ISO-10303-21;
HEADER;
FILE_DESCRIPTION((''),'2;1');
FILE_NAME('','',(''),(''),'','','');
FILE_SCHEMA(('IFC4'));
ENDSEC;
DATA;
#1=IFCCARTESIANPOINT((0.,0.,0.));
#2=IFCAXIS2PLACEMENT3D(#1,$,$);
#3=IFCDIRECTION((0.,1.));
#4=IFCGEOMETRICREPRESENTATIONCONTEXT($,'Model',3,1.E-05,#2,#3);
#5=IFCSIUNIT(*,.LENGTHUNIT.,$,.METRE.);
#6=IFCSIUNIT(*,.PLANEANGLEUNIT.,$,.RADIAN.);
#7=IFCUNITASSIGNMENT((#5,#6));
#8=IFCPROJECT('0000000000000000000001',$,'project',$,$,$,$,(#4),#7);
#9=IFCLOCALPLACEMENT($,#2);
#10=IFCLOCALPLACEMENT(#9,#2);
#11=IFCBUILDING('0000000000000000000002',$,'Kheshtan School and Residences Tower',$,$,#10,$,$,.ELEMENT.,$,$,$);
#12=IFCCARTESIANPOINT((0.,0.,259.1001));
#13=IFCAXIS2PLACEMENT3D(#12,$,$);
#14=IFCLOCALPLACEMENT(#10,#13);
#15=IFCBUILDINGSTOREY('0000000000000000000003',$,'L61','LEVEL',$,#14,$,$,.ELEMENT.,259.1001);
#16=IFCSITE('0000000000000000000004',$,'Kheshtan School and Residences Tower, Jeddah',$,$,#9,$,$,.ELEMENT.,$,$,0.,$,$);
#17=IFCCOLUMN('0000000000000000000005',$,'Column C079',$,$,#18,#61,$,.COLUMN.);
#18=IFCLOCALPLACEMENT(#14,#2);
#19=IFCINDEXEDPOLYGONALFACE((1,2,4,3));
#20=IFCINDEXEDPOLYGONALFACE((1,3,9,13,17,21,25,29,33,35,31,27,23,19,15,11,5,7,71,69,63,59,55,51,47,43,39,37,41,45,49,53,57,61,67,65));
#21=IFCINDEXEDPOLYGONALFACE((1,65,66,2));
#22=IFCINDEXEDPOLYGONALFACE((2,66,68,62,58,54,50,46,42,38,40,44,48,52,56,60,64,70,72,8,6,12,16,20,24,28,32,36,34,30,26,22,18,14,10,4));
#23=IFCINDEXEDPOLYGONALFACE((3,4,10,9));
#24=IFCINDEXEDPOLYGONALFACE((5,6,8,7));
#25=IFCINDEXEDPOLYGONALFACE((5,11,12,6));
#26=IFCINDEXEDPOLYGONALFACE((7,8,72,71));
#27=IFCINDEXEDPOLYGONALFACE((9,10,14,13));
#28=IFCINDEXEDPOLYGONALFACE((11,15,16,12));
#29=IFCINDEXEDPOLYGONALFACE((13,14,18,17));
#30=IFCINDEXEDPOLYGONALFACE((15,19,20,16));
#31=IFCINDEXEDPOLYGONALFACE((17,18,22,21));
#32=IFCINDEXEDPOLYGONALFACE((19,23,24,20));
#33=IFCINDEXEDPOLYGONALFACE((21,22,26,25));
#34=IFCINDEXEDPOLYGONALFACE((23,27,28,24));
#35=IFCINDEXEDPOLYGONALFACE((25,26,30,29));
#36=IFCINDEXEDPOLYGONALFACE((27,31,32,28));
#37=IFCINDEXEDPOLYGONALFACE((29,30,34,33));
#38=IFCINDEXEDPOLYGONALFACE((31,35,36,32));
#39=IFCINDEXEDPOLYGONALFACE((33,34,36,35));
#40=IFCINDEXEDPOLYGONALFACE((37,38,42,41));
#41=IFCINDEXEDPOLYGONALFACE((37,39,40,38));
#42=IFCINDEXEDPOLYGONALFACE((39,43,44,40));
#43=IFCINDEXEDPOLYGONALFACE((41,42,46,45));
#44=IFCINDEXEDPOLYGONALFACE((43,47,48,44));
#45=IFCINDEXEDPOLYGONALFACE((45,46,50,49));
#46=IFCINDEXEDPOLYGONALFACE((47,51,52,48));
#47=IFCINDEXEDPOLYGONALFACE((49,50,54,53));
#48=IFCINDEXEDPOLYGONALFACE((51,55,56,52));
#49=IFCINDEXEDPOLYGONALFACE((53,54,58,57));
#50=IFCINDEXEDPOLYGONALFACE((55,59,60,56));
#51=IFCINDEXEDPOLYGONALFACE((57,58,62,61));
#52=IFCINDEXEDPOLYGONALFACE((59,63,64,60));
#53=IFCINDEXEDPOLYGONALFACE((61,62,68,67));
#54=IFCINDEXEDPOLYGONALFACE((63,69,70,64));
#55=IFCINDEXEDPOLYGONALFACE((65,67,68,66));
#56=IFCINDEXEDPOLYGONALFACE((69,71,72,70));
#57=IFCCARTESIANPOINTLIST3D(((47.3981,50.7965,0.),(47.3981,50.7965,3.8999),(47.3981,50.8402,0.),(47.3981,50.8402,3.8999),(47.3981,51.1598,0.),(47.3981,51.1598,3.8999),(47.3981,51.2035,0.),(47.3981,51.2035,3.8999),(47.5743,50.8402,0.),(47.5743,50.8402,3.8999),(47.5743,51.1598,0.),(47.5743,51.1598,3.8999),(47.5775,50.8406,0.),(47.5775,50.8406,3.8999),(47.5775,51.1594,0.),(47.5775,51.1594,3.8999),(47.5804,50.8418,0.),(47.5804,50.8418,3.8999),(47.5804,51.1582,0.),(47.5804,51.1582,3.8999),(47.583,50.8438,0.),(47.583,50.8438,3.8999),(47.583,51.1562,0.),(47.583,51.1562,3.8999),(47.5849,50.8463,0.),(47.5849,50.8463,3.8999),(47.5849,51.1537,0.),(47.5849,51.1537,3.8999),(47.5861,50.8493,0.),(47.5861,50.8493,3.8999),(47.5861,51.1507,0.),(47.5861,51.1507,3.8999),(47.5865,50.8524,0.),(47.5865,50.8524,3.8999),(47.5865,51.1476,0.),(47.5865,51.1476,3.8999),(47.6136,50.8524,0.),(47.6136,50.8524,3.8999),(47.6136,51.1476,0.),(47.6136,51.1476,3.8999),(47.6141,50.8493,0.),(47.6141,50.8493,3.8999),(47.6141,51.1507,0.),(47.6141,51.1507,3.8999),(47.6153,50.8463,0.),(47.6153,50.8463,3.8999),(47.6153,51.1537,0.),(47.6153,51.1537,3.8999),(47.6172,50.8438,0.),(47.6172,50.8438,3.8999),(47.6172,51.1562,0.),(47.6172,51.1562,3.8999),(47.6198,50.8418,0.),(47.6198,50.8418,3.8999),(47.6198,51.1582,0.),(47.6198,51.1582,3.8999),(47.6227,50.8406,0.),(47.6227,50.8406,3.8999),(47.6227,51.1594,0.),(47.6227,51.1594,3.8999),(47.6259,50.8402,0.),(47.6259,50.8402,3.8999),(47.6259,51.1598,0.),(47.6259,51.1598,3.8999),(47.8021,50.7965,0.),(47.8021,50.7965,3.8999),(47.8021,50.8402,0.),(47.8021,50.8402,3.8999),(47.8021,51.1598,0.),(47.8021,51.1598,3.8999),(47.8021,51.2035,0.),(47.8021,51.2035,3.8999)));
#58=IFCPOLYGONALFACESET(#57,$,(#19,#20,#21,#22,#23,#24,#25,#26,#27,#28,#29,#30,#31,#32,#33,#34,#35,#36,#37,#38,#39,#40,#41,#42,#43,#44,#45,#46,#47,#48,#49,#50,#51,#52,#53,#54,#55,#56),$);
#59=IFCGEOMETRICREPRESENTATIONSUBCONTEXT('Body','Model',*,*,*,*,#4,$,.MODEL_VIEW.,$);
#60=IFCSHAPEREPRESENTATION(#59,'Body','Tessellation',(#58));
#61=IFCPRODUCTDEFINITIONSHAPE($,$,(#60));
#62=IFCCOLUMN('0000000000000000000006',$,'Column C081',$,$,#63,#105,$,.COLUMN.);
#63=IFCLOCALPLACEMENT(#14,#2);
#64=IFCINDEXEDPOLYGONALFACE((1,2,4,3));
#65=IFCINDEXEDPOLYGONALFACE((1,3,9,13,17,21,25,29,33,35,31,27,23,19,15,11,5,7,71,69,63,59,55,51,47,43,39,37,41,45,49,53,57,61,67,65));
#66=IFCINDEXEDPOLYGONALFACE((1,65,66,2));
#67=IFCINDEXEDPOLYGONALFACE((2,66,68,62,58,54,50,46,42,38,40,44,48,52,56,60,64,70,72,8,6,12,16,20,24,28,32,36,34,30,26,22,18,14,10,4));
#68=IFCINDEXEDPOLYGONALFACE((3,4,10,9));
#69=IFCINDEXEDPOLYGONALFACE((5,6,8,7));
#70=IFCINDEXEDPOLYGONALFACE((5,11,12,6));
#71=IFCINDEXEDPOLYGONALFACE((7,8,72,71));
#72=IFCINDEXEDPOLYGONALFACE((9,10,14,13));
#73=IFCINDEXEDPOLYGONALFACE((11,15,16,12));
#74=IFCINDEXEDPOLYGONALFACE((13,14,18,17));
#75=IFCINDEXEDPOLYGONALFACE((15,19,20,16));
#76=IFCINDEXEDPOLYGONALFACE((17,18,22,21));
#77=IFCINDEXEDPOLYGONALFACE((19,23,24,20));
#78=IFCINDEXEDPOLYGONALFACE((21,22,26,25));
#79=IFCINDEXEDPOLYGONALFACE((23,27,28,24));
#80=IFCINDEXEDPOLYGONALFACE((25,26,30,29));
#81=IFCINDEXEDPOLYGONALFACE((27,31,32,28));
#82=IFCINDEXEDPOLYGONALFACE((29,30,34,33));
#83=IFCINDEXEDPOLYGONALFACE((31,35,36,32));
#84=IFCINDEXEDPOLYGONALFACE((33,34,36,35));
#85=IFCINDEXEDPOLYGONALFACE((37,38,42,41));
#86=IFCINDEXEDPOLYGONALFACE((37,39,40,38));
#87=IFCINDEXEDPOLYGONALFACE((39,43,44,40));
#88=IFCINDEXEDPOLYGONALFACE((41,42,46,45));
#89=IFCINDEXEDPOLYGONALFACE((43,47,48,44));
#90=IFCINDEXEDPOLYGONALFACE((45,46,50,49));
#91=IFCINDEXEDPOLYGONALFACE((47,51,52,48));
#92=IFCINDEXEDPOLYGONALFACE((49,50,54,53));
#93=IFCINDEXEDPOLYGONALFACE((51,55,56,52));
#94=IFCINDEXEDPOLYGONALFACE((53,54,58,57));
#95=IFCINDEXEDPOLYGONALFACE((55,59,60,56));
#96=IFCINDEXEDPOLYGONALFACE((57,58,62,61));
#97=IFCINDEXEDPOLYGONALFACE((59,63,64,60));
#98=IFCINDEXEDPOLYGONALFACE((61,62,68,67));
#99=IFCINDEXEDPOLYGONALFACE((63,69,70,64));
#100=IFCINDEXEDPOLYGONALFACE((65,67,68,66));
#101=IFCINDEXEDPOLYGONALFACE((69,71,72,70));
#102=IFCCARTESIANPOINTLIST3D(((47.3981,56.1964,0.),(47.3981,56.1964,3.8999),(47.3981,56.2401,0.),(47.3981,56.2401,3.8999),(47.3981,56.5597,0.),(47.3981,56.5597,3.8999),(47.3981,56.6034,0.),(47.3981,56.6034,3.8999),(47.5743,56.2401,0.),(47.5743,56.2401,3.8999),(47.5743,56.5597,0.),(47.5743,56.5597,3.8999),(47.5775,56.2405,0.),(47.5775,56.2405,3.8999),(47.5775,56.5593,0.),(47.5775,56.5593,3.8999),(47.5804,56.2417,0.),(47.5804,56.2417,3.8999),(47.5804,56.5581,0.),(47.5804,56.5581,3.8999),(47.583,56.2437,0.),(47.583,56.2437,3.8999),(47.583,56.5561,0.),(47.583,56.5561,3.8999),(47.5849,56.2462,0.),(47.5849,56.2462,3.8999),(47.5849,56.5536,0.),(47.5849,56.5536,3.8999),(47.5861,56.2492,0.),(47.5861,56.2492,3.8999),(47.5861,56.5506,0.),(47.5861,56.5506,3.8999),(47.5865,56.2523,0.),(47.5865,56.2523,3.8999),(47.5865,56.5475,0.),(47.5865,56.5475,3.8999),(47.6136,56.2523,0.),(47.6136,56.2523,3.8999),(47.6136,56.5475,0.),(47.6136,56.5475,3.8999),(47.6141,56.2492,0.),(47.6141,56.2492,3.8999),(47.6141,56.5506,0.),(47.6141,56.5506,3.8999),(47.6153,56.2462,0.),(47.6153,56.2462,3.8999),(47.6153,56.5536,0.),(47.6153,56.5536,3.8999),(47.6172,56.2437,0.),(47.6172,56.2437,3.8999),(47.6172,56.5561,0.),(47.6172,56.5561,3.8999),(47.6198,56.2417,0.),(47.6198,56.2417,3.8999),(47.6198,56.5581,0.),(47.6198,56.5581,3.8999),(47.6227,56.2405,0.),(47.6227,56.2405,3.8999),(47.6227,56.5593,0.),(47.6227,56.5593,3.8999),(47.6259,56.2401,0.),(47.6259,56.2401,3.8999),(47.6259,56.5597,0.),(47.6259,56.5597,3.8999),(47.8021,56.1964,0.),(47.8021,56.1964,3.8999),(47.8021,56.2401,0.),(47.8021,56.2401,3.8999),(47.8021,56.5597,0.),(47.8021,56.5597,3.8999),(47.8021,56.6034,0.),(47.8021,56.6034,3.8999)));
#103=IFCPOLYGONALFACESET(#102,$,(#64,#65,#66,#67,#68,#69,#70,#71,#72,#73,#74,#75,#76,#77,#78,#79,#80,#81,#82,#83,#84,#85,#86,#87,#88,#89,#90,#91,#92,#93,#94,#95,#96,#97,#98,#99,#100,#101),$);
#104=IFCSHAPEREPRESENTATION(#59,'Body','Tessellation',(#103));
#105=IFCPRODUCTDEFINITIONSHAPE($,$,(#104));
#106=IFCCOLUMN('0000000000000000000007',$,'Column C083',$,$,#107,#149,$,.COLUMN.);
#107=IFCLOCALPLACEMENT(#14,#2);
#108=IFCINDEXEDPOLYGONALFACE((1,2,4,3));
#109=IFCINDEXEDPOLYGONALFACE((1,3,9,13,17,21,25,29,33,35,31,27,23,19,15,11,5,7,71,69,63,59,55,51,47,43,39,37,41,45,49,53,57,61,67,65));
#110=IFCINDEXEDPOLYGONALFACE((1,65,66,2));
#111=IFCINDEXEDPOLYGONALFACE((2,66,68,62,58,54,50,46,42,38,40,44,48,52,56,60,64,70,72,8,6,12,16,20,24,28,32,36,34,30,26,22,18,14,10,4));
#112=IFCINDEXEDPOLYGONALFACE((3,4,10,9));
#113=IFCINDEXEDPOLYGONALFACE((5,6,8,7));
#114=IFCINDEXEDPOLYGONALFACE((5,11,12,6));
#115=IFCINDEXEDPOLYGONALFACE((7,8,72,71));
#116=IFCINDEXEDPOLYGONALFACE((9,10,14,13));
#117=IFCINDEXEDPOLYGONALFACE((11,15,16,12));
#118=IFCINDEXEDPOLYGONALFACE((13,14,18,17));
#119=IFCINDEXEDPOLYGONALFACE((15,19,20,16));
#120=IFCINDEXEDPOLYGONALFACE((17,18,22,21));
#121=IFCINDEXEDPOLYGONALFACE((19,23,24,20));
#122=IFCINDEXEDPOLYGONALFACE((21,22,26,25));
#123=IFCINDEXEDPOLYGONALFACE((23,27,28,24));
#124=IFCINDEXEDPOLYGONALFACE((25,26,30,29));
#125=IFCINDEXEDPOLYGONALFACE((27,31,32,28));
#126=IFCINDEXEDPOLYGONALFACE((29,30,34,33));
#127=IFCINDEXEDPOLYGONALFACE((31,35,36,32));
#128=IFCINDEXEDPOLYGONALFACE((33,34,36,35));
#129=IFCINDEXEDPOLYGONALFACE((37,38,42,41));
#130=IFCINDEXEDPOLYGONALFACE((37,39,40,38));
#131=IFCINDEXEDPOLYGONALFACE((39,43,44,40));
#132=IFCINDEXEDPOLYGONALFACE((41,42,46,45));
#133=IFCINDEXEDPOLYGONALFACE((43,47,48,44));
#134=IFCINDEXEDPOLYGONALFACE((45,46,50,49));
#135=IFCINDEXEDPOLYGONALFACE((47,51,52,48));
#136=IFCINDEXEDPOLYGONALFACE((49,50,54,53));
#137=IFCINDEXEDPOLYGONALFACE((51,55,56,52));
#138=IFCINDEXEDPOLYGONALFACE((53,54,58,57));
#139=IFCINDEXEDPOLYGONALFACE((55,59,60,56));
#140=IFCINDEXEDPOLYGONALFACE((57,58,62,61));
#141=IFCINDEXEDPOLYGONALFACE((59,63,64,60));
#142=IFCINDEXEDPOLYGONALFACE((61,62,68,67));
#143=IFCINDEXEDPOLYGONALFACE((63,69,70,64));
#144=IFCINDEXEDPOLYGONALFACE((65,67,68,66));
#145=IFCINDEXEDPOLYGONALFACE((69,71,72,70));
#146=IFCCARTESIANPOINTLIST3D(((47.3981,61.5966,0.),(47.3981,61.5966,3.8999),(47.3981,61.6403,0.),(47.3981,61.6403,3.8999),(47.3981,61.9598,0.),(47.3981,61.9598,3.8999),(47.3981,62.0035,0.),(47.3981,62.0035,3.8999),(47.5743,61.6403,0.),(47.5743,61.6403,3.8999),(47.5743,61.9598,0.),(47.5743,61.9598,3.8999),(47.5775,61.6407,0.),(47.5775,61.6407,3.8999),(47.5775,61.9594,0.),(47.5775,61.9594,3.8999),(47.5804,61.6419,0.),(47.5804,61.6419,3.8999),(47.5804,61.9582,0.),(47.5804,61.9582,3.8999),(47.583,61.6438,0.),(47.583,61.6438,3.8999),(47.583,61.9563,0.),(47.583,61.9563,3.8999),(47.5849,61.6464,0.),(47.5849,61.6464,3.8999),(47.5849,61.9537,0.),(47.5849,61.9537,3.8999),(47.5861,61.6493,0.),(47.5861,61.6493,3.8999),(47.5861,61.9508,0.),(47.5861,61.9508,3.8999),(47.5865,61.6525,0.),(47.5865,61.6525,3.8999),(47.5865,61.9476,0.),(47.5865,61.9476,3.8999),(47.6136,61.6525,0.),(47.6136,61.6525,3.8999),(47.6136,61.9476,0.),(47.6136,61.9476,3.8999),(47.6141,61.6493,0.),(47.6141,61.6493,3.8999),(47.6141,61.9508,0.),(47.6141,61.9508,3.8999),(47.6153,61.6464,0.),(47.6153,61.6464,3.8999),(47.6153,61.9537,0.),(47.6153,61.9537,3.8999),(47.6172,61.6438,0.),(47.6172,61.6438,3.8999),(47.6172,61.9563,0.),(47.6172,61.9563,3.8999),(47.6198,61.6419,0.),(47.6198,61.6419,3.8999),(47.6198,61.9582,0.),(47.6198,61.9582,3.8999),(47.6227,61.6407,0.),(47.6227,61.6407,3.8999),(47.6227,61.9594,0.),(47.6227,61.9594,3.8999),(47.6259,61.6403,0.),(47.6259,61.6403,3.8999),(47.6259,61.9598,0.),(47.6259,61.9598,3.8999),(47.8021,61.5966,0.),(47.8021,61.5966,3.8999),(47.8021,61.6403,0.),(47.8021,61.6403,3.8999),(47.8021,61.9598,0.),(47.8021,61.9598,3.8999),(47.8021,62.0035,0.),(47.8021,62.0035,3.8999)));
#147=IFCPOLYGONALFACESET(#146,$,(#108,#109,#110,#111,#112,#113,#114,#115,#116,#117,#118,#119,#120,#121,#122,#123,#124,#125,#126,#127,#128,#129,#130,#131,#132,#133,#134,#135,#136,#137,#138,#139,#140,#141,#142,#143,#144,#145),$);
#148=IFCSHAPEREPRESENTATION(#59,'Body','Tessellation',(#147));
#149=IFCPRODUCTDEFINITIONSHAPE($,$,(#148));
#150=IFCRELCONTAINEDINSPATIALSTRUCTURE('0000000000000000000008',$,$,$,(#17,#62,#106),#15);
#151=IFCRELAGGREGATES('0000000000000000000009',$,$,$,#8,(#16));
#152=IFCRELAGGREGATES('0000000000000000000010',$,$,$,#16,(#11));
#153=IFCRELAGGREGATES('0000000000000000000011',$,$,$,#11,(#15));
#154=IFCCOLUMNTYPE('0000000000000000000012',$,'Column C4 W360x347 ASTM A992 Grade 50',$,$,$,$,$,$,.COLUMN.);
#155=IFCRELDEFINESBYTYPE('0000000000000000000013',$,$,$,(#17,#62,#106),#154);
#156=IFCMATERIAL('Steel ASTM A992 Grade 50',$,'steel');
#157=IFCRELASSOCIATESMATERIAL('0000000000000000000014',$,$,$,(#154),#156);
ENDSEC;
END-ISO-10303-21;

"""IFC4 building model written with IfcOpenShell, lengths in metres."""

from ifc_helpers import new_model, si_unit, direction, frame, origin, origin_2d, place, context, subcontext, project, spatial, i_section, extrude, material, material_profile, profile_set, type_object, element, save


model = new_model("IFC4")

# Units and contexts
model_context = context("Model", 3, precision=1e-05, world=origin(), true_north=direction((0.0, 1.0)))
body_context = subcontext(model_context, "Body", "Model", "MODEL_VIEW")
ifc_project = project(units=[si_unit("LENGTHUNIT", "METRE"), si_unit("PLANEANGLEUNIT", "RADIAN")], contexts=[model_context])

# Site, building, storey
site_placement = place(None, origin())
site = spatial("IfcSite", under=ifc_project, at=site_placement, Name="Kheshtan School and Residences Tower, Jeddah", CompositionType="ELEMENT", RefElevation=0.0)
building_placement = place(site_placement, origin())
building = spatial("IfcBuilding", under=site, at=building_placement, Name="Kheshtan School and Residences Tower", CompositionType="ELEMENT")
storey_placement = place(building_placement, frame((0.0, 0.0, 259.1001)))
storey = spatial("IfcBuildingStorey", under=building, at=storey_placement, Name="L61", Description="LEVEL", CompositionType="ELEMENT", Elevation=259.1001)

# Columns
ifc_material_1 = material(Name="Steel ASTM A992 Grade 50", Category="steel")
ifc_material_profile_1 = material_profile(ifc_material_1, i_section(OverallWidth=0.4041, OverallDepth=0.407, WebThickness=0.0271, FlangeThickness=0.0437, FilletRadius=0.0122, at=origin_2d()), Name="W360x347")
ifc_profile_set_1 = profile_set([ifc_material_profile_1], Name="Steel ASTM A992 Grade 50")
column_type_1 = type_object("IfcColumnType", Name="Column C4 W360x347 ASTM A992 Grade 50", PredefinedType="COLUMN", material=ifc_profile_set_1)
for number, where, z_axis, x_axis, name in (
    (1, (47.6001, 51.0, 0.0), (0.0, 0.0, 1.0), (1.0, 0.0, 0.0), "Column C079"),
    (2, (47.6001, 56.3999, 0.0), (0.0, 0.0, 1.0), (1.0, 0.0, 0.0), "Column C081"),
    (3, (47.6001, 61.8, 0.0), (0.0, 0.0, 1.0), (1.0, 0.0, 0.0), "Column C083"),
):
    element("IfcColumn", number, at=place(storey_placement, frame(where, z_axis=z_axis, x_axis=x_axis)), inside=storey, type_object=column_type_1, Name=name, PredefinedType="COLUMN", context=body_context, shape_type="SweptSolid", body=[
        extrude(i_section(OverallWidth=0.4041, OverallDepth=0.407, WebThickness=0.0271, FlangeThickness=0.0437, FilletRadius=0.0122, at=origin_2d()), origin(), (0.0, 0.0, 1.0), 3.8999),
    ])

save(model, "model.ifc")
